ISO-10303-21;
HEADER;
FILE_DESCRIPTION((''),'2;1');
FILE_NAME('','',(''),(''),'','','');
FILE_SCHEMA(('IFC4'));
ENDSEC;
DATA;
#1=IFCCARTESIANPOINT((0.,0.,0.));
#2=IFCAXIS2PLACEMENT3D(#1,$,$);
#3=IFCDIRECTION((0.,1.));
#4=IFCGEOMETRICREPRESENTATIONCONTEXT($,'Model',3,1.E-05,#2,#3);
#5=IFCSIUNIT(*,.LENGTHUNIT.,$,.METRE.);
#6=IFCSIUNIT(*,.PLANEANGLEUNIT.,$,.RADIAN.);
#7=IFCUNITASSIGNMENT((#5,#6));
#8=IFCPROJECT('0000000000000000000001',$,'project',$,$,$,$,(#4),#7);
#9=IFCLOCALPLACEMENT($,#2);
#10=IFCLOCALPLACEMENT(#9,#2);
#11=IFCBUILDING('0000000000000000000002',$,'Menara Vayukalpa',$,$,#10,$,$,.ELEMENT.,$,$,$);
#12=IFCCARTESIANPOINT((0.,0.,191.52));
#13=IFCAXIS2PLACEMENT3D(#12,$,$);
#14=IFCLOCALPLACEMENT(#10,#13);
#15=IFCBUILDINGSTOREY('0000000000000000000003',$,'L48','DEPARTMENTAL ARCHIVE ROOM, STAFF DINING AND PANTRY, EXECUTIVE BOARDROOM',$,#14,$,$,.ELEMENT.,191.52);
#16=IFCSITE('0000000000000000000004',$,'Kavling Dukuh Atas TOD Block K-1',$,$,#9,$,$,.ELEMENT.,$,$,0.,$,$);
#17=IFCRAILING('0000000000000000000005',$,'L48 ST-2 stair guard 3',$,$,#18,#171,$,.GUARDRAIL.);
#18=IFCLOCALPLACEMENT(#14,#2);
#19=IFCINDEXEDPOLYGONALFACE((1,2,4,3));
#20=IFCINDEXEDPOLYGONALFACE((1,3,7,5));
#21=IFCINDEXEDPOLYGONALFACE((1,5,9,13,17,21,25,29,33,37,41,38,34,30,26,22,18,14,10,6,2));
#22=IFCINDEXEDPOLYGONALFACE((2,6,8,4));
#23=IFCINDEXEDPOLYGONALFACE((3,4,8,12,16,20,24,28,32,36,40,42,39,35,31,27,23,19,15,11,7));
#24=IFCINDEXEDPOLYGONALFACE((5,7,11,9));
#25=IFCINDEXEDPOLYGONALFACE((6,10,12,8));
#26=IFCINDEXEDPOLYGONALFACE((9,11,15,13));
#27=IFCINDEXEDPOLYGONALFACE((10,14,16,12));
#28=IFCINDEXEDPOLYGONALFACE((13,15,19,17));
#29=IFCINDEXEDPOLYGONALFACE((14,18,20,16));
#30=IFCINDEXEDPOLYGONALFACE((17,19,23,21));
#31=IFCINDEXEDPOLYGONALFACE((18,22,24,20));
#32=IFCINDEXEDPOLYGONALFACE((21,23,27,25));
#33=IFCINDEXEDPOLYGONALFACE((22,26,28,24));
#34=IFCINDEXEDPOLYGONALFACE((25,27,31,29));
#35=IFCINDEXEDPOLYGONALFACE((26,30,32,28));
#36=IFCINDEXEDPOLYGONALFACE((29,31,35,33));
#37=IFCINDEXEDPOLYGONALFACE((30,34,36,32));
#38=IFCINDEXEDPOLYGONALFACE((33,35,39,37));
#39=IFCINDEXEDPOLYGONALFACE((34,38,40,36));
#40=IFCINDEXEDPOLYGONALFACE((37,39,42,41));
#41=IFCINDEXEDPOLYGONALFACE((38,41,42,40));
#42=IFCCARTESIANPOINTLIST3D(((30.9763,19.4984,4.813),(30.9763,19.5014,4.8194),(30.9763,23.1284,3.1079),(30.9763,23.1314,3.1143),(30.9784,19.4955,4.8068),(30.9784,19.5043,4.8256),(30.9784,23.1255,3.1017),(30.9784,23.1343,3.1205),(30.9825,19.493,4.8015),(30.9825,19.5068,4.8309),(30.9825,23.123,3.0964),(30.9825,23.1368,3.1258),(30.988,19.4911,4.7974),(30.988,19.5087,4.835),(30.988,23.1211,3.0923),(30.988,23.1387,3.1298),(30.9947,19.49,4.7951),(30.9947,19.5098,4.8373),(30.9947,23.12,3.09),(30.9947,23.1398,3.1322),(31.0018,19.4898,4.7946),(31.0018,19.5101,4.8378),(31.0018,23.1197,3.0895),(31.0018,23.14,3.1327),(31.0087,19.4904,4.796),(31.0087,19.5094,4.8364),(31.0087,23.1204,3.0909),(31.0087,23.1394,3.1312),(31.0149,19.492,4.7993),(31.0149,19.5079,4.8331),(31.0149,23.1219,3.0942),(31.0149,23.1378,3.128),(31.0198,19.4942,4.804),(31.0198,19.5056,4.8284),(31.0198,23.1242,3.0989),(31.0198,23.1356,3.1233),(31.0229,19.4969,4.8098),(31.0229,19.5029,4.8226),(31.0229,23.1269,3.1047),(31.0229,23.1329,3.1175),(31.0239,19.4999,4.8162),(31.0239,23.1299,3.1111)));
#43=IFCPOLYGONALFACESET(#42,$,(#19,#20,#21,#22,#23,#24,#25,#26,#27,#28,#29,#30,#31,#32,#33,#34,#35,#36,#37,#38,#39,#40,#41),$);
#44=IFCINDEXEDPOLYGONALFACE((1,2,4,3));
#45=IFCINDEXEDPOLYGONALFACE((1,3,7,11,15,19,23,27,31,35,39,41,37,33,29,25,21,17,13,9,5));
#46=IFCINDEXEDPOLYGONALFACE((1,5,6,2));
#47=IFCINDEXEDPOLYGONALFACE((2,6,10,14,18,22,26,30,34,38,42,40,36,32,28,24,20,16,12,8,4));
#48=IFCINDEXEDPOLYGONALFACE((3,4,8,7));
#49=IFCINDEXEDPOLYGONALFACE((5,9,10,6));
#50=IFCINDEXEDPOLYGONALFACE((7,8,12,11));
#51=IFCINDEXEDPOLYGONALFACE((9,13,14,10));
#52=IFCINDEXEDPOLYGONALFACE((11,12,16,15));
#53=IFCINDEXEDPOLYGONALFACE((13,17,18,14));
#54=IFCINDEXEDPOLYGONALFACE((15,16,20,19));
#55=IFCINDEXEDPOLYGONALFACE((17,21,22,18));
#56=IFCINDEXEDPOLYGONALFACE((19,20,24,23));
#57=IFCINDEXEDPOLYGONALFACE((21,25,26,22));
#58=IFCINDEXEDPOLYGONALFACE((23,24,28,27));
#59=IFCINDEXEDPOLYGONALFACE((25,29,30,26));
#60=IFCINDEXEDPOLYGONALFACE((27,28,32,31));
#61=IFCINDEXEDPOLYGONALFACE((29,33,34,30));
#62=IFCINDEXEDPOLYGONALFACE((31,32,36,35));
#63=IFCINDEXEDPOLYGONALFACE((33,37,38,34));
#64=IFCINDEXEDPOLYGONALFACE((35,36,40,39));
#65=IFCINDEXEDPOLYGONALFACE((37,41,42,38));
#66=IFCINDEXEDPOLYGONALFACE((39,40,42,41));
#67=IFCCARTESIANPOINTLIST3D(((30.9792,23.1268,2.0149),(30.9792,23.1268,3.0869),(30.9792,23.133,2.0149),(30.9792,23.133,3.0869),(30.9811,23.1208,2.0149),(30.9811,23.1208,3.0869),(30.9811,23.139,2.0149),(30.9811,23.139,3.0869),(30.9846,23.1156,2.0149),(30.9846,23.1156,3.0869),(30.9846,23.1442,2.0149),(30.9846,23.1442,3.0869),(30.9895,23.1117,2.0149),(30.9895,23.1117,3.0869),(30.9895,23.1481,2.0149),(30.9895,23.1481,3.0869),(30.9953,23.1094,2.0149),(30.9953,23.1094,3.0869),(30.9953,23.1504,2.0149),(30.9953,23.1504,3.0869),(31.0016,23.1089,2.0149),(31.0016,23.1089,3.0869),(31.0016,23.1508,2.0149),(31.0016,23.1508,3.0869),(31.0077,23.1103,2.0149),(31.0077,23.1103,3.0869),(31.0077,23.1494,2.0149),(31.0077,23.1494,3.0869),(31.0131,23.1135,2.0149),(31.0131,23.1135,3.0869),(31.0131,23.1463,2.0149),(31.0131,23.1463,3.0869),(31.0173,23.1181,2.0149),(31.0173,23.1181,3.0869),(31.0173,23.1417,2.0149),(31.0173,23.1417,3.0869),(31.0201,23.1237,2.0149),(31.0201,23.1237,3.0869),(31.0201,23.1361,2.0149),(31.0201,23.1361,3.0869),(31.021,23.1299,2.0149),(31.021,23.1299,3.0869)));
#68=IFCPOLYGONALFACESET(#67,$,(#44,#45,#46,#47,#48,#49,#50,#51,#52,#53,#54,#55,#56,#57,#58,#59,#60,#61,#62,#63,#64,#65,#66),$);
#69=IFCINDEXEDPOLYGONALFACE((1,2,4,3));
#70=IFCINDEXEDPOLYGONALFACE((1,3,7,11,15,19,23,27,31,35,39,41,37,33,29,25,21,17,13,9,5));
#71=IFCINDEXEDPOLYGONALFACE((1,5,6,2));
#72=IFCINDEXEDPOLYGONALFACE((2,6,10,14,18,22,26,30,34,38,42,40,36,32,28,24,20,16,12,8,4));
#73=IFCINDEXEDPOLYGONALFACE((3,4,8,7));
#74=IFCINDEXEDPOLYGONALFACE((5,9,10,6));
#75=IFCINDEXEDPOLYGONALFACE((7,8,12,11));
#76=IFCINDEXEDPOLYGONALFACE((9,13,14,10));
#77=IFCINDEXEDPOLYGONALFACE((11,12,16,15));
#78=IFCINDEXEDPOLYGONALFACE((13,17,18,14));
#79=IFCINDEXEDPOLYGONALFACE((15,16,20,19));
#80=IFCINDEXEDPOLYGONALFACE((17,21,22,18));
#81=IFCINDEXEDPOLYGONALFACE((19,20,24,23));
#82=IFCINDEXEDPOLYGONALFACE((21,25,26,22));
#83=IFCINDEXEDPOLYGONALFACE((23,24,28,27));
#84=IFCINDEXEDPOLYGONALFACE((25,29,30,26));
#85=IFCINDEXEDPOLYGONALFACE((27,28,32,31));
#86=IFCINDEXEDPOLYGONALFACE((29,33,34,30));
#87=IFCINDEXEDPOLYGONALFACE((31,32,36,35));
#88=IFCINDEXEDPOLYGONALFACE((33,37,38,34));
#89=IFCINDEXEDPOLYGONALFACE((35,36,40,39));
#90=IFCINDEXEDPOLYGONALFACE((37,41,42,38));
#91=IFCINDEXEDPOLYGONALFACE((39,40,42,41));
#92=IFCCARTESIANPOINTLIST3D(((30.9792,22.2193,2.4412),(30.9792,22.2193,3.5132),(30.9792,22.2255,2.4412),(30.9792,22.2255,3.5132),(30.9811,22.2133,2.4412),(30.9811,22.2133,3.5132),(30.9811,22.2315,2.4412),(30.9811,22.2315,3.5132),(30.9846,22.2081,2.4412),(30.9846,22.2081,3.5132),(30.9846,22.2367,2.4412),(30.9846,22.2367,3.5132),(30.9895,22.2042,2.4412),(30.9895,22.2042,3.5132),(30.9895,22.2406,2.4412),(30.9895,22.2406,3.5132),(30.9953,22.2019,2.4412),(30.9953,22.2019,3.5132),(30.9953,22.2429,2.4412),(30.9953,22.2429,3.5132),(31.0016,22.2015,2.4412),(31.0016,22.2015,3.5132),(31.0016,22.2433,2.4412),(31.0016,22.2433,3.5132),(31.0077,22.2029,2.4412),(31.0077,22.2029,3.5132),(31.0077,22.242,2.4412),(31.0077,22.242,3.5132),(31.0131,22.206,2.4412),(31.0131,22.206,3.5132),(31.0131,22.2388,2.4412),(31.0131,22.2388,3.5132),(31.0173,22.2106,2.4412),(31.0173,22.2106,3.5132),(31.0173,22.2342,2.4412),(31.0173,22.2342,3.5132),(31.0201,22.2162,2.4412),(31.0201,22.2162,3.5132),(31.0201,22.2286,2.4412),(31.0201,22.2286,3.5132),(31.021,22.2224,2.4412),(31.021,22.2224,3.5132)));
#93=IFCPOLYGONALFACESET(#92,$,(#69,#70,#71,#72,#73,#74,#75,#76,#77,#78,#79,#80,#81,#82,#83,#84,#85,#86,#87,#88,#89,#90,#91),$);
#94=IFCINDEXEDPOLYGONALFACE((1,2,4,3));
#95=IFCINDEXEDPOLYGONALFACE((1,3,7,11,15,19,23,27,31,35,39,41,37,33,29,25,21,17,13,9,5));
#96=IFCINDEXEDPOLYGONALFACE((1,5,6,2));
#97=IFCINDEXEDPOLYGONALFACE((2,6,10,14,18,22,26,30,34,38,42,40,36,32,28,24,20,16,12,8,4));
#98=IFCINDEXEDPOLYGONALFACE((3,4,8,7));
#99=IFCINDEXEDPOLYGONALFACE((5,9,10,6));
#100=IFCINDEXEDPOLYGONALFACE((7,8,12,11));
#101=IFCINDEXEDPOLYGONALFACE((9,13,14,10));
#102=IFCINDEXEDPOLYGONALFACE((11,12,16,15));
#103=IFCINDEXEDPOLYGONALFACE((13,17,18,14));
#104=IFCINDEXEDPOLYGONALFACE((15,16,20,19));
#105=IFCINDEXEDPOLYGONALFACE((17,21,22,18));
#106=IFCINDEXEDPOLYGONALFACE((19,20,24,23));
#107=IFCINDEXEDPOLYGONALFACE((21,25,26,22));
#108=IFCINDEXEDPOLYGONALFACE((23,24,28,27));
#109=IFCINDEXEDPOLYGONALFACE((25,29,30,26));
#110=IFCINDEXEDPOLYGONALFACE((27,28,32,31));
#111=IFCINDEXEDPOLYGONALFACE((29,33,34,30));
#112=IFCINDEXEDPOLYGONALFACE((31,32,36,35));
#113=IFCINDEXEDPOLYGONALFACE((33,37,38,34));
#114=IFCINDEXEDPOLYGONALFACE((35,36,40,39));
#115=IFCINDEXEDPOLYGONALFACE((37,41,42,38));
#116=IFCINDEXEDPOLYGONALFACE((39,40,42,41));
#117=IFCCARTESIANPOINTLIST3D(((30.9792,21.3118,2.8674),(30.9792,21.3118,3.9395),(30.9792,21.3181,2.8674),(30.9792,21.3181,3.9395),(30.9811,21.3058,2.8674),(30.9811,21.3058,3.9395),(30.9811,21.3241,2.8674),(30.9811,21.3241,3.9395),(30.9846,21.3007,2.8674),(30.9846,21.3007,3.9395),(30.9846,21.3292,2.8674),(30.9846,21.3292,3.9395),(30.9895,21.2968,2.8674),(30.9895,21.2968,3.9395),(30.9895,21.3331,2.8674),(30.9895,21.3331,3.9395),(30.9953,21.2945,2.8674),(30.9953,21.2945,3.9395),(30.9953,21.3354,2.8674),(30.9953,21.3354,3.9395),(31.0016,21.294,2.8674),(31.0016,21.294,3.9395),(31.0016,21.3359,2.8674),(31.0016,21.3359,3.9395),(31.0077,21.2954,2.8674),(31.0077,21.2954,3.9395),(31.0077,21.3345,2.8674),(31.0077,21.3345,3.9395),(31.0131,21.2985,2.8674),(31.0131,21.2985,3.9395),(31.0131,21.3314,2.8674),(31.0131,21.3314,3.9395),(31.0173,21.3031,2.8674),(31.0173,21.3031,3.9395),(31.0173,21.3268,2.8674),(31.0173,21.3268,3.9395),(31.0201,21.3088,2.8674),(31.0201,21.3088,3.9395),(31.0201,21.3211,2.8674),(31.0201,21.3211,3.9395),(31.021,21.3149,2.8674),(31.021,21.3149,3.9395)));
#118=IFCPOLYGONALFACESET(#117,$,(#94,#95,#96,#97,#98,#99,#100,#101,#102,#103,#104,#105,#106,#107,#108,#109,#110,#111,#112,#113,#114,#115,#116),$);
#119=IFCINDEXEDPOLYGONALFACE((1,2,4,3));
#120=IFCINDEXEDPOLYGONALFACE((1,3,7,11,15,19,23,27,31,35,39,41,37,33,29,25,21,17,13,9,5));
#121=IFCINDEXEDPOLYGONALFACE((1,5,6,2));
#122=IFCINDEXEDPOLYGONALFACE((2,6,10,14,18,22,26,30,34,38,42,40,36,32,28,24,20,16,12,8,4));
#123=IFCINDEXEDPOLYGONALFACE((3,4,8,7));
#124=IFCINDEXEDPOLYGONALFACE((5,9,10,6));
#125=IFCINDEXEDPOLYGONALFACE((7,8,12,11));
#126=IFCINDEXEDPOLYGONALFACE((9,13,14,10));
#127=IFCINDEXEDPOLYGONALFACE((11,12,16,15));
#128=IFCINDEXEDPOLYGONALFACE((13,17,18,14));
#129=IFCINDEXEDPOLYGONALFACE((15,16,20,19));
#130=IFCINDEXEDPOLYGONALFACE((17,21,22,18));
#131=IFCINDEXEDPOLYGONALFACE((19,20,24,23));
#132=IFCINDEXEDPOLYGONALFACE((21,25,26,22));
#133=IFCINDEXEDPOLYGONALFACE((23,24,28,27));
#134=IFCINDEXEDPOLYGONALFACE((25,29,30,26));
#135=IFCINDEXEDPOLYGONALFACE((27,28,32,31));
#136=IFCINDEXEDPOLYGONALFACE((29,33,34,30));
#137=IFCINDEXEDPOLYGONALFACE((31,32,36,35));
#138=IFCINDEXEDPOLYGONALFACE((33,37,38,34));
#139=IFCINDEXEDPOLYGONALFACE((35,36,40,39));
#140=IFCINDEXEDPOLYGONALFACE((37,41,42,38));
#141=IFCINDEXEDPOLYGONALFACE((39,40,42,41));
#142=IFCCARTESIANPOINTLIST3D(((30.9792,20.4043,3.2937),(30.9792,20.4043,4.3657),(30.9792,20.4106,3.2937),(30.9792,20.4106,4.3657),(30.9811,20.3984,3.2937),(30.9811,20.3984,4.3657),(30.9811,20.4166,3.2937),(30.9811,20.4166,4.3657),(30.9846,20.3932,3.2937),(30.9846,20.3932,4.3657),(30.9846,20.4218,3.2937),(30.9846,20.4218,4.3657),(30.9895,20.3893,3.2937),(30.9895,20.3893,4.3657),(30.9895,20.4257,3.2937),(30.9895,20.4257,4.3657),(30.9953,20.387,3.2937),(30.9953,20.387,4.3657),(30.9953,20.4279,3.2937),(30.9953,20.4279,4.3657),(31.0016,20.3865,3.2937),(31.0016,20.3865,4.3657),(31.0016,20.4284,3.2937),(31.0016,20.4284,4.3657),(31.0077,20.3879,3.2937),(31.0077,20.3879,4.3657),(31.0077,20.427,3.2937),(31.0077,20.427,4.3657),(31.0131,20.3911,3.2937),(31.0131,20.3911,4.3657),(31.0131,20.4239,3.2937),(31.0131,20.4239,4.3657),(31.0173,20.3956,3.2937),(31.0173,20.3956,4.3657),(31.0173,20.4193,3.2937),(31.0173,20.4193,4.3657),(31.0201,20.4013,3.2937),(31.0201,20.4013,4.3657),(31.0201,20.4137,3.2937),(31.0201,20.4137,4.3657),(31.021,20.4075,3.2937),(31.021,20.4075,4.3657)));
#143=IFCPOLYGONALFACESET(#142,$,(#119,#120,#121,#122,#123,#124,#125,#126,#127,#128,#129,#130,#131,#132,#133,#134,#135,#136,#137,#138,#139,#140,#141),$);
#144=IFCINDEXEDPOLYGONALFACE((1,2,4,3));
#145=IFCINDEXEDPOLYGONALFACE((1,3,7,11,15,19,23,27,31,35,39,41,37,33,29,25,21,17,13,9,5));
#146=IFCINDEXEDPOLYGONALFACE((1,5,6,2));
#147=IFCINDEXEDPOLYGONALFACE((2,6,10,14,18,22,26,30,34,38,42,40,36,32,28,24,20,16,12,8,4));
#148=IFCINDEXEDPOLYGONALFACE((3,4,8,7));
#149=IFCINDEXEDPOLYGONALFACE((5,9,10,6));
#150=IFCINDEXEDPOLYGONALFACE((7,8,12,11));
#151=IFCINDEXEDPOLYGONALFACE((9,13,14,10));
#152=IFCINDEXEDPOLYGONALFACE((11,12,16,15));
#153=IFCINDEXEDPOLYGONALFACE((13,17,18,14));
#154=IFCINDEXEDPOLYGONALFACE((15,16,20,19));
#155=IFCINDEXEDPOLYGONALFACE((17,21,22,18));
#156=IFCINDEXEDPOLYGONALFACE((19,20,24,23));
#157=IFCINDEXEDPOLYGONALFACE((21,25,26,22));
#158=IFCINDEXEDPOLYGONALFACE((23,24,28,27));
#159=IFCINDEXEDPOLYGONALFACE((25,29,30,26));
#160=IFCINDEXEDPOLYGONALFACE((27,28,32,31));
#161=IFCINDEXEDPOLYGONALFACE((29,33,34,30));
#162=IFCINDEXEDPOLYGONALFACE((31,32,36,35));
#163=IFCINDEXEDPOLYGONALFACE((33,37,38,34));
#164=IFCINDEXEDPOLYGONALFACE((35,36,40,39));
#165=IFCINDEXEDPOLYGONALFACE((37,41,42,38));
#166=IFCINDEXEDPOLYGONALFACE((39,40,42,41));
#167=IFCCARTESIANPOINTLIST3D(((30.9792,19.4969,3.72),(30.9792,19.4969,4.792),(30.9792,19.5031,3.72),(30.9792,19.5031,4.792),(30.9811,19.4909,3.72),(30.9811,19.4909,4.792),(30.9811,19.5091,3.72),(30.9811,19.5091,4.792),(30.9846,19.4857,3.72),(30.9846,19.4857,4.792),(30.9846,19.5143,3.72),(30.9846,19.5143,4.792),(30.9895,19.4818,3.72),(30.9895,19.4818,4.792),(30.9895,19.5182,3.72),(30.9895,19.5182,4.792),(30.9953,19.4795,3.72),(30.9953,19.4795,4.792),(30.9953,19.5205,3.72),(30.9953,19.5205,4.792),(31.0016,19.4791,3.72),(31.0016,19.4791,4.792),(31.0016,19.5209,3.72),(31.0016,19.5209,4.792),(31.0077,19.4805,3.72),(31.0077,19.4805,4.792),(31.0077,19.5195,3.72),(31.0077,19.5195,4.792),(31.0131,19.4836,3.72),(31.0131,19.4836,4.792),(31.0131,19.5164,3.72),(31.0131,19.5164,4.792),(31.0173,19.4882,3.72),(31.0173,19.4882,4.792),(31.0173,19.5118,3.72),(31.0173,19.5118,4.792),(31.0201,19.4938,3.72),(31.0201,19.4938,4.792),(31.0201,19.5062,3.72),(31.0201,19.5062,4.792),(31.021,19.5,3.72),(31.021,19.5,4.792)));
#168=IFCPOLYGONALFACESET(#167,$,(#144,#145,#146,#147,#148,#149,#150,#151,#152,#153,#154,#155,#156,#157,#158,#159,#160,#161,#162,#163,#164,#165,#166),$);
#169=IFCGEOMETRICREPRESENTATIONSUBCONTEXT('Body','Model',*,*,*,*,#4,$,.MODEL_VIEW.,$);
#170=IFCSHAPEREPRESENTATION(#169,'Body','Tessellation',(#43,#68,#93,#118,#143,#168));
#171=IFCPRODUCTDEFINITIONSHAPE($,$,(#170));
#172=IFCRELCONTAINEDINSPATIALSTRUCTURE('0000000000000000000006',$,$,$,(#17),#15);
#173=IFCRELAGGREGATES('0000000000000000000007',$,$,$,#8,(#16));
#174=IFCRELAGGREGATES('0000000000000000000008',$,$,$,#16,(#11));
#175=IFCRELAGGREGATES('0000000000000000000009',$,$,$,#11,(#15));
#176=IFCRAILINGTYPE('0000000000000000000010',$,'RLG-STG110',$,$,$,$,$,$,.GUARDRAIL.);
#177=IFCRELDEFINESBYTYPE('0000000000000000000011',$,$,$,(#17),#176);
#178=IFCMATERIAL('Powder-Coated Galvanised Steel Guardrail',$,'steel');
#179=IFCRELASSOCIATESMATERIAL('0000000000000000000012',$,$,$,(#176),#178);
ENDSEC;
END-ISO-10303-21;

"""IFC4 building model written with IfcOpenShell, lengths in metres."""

from ifc_helpers import new_model, si_unit, direction, frame, origin, origin_2d, place, context, subcontext, project, spatial, circle, extrude, material, type_object, element, save


model = new_model("IFC4")

# Units and contexts
model_context = context("Model", 3, precision=1e-05, world=origin(), true_north=direction((0.0, 1.0)))
body_context = subcontext(model_context, "Body", "Model", "MODEL_VIEW")
ifc_project = project(units=[si_unit("LENGTHUNIT", "METRE"), si_unit("PLANEANGLEUNIT", "RADIAN")], contexts=[model_context])

# Site, building, storey
site_placement = place(None, origin())
site = spatial("IfcSite", under=ifc_project, at=site_placement, Name="Kavling Dukuh Atas TOD Block K-1", CompositionType="ELEMENT", RefElevation=0.0)
building_placement = place(site_placement, origin())
building = spatial("IfcBuilding", under=site, at=building_placement, Name="Menara Vayukalpa", CompositionType="ELEMENT")
storey_placement = place(building_placement, frame((0.0, 0.0, 191.52)))
storey = spatial("IfcBuildingStorey", under=building, at=storey_placement, Name="L48", Description="DEPARTMENTAL ARCHIVE ROOM, STAFF DINING AND PANTRY, EXECUTIVE BOARDROOM", CompositionType="ELEMENT", Elevation=191.52)

# Railing
ifc_material_1 = material(Name="Powder-Coated Galvanised Steel Guardrail", Category="steel")
railing_type_1 = type_object("IfcRailingType", Name="RLG-STG110", PredefinedType="GUARDRAIL", material=ifc_material_1)
railing_1_placement = place(storey_placement, frame((31.0, 23.1299, 2.0149)))
element("IfcRailing", 1, at=railing_1_placement, inside=storey, type_object=railing_type_1, Name="L48 ST-2 stair guard 3", PredefinedType="GUARDRAIL", context=body_context, shape_type="SweptSolid", body=[
    extrude(circle(Radius=0.0239, at=origin_2d()), frame((0.0, 0.0, 1.0962), z_axis=(0.0, -0.905116, 0.425164), x_axis=(1.0, 0.0, 0.0)), (0.0, 0.0, 1.0), 4.0105),
    extrude(circle(Radius=0.021, at=origin_2d()), origin(), (0.0, 0.0, 1.0), 1.072),
    extrude(circle(Radius=0.021, at=origin_2d()), frame((0.0, -0.9075, 0.4263)), (0.0, 0.0, 1.0), 1.072),
    extrude(circle(Radius=0.021, at=origin_2d()), frame((0.0, -1.8149, 0.8525)), (0.0, 0.0, 1.0), 1.072),
    extrude(circle(Radius=0.021, at=origin_2d()), frame((0.0, -2.7224, 1.2788)), (0.0, 0.0, 1.0), 1.072),
    extrude(circle(Radius=0.021, at=origin_2d()), frame((0.0, -3.6299, 1.7051)), (0.0, 0.0, 1.0), 1.072),
])

save(model, "model.ifc")
